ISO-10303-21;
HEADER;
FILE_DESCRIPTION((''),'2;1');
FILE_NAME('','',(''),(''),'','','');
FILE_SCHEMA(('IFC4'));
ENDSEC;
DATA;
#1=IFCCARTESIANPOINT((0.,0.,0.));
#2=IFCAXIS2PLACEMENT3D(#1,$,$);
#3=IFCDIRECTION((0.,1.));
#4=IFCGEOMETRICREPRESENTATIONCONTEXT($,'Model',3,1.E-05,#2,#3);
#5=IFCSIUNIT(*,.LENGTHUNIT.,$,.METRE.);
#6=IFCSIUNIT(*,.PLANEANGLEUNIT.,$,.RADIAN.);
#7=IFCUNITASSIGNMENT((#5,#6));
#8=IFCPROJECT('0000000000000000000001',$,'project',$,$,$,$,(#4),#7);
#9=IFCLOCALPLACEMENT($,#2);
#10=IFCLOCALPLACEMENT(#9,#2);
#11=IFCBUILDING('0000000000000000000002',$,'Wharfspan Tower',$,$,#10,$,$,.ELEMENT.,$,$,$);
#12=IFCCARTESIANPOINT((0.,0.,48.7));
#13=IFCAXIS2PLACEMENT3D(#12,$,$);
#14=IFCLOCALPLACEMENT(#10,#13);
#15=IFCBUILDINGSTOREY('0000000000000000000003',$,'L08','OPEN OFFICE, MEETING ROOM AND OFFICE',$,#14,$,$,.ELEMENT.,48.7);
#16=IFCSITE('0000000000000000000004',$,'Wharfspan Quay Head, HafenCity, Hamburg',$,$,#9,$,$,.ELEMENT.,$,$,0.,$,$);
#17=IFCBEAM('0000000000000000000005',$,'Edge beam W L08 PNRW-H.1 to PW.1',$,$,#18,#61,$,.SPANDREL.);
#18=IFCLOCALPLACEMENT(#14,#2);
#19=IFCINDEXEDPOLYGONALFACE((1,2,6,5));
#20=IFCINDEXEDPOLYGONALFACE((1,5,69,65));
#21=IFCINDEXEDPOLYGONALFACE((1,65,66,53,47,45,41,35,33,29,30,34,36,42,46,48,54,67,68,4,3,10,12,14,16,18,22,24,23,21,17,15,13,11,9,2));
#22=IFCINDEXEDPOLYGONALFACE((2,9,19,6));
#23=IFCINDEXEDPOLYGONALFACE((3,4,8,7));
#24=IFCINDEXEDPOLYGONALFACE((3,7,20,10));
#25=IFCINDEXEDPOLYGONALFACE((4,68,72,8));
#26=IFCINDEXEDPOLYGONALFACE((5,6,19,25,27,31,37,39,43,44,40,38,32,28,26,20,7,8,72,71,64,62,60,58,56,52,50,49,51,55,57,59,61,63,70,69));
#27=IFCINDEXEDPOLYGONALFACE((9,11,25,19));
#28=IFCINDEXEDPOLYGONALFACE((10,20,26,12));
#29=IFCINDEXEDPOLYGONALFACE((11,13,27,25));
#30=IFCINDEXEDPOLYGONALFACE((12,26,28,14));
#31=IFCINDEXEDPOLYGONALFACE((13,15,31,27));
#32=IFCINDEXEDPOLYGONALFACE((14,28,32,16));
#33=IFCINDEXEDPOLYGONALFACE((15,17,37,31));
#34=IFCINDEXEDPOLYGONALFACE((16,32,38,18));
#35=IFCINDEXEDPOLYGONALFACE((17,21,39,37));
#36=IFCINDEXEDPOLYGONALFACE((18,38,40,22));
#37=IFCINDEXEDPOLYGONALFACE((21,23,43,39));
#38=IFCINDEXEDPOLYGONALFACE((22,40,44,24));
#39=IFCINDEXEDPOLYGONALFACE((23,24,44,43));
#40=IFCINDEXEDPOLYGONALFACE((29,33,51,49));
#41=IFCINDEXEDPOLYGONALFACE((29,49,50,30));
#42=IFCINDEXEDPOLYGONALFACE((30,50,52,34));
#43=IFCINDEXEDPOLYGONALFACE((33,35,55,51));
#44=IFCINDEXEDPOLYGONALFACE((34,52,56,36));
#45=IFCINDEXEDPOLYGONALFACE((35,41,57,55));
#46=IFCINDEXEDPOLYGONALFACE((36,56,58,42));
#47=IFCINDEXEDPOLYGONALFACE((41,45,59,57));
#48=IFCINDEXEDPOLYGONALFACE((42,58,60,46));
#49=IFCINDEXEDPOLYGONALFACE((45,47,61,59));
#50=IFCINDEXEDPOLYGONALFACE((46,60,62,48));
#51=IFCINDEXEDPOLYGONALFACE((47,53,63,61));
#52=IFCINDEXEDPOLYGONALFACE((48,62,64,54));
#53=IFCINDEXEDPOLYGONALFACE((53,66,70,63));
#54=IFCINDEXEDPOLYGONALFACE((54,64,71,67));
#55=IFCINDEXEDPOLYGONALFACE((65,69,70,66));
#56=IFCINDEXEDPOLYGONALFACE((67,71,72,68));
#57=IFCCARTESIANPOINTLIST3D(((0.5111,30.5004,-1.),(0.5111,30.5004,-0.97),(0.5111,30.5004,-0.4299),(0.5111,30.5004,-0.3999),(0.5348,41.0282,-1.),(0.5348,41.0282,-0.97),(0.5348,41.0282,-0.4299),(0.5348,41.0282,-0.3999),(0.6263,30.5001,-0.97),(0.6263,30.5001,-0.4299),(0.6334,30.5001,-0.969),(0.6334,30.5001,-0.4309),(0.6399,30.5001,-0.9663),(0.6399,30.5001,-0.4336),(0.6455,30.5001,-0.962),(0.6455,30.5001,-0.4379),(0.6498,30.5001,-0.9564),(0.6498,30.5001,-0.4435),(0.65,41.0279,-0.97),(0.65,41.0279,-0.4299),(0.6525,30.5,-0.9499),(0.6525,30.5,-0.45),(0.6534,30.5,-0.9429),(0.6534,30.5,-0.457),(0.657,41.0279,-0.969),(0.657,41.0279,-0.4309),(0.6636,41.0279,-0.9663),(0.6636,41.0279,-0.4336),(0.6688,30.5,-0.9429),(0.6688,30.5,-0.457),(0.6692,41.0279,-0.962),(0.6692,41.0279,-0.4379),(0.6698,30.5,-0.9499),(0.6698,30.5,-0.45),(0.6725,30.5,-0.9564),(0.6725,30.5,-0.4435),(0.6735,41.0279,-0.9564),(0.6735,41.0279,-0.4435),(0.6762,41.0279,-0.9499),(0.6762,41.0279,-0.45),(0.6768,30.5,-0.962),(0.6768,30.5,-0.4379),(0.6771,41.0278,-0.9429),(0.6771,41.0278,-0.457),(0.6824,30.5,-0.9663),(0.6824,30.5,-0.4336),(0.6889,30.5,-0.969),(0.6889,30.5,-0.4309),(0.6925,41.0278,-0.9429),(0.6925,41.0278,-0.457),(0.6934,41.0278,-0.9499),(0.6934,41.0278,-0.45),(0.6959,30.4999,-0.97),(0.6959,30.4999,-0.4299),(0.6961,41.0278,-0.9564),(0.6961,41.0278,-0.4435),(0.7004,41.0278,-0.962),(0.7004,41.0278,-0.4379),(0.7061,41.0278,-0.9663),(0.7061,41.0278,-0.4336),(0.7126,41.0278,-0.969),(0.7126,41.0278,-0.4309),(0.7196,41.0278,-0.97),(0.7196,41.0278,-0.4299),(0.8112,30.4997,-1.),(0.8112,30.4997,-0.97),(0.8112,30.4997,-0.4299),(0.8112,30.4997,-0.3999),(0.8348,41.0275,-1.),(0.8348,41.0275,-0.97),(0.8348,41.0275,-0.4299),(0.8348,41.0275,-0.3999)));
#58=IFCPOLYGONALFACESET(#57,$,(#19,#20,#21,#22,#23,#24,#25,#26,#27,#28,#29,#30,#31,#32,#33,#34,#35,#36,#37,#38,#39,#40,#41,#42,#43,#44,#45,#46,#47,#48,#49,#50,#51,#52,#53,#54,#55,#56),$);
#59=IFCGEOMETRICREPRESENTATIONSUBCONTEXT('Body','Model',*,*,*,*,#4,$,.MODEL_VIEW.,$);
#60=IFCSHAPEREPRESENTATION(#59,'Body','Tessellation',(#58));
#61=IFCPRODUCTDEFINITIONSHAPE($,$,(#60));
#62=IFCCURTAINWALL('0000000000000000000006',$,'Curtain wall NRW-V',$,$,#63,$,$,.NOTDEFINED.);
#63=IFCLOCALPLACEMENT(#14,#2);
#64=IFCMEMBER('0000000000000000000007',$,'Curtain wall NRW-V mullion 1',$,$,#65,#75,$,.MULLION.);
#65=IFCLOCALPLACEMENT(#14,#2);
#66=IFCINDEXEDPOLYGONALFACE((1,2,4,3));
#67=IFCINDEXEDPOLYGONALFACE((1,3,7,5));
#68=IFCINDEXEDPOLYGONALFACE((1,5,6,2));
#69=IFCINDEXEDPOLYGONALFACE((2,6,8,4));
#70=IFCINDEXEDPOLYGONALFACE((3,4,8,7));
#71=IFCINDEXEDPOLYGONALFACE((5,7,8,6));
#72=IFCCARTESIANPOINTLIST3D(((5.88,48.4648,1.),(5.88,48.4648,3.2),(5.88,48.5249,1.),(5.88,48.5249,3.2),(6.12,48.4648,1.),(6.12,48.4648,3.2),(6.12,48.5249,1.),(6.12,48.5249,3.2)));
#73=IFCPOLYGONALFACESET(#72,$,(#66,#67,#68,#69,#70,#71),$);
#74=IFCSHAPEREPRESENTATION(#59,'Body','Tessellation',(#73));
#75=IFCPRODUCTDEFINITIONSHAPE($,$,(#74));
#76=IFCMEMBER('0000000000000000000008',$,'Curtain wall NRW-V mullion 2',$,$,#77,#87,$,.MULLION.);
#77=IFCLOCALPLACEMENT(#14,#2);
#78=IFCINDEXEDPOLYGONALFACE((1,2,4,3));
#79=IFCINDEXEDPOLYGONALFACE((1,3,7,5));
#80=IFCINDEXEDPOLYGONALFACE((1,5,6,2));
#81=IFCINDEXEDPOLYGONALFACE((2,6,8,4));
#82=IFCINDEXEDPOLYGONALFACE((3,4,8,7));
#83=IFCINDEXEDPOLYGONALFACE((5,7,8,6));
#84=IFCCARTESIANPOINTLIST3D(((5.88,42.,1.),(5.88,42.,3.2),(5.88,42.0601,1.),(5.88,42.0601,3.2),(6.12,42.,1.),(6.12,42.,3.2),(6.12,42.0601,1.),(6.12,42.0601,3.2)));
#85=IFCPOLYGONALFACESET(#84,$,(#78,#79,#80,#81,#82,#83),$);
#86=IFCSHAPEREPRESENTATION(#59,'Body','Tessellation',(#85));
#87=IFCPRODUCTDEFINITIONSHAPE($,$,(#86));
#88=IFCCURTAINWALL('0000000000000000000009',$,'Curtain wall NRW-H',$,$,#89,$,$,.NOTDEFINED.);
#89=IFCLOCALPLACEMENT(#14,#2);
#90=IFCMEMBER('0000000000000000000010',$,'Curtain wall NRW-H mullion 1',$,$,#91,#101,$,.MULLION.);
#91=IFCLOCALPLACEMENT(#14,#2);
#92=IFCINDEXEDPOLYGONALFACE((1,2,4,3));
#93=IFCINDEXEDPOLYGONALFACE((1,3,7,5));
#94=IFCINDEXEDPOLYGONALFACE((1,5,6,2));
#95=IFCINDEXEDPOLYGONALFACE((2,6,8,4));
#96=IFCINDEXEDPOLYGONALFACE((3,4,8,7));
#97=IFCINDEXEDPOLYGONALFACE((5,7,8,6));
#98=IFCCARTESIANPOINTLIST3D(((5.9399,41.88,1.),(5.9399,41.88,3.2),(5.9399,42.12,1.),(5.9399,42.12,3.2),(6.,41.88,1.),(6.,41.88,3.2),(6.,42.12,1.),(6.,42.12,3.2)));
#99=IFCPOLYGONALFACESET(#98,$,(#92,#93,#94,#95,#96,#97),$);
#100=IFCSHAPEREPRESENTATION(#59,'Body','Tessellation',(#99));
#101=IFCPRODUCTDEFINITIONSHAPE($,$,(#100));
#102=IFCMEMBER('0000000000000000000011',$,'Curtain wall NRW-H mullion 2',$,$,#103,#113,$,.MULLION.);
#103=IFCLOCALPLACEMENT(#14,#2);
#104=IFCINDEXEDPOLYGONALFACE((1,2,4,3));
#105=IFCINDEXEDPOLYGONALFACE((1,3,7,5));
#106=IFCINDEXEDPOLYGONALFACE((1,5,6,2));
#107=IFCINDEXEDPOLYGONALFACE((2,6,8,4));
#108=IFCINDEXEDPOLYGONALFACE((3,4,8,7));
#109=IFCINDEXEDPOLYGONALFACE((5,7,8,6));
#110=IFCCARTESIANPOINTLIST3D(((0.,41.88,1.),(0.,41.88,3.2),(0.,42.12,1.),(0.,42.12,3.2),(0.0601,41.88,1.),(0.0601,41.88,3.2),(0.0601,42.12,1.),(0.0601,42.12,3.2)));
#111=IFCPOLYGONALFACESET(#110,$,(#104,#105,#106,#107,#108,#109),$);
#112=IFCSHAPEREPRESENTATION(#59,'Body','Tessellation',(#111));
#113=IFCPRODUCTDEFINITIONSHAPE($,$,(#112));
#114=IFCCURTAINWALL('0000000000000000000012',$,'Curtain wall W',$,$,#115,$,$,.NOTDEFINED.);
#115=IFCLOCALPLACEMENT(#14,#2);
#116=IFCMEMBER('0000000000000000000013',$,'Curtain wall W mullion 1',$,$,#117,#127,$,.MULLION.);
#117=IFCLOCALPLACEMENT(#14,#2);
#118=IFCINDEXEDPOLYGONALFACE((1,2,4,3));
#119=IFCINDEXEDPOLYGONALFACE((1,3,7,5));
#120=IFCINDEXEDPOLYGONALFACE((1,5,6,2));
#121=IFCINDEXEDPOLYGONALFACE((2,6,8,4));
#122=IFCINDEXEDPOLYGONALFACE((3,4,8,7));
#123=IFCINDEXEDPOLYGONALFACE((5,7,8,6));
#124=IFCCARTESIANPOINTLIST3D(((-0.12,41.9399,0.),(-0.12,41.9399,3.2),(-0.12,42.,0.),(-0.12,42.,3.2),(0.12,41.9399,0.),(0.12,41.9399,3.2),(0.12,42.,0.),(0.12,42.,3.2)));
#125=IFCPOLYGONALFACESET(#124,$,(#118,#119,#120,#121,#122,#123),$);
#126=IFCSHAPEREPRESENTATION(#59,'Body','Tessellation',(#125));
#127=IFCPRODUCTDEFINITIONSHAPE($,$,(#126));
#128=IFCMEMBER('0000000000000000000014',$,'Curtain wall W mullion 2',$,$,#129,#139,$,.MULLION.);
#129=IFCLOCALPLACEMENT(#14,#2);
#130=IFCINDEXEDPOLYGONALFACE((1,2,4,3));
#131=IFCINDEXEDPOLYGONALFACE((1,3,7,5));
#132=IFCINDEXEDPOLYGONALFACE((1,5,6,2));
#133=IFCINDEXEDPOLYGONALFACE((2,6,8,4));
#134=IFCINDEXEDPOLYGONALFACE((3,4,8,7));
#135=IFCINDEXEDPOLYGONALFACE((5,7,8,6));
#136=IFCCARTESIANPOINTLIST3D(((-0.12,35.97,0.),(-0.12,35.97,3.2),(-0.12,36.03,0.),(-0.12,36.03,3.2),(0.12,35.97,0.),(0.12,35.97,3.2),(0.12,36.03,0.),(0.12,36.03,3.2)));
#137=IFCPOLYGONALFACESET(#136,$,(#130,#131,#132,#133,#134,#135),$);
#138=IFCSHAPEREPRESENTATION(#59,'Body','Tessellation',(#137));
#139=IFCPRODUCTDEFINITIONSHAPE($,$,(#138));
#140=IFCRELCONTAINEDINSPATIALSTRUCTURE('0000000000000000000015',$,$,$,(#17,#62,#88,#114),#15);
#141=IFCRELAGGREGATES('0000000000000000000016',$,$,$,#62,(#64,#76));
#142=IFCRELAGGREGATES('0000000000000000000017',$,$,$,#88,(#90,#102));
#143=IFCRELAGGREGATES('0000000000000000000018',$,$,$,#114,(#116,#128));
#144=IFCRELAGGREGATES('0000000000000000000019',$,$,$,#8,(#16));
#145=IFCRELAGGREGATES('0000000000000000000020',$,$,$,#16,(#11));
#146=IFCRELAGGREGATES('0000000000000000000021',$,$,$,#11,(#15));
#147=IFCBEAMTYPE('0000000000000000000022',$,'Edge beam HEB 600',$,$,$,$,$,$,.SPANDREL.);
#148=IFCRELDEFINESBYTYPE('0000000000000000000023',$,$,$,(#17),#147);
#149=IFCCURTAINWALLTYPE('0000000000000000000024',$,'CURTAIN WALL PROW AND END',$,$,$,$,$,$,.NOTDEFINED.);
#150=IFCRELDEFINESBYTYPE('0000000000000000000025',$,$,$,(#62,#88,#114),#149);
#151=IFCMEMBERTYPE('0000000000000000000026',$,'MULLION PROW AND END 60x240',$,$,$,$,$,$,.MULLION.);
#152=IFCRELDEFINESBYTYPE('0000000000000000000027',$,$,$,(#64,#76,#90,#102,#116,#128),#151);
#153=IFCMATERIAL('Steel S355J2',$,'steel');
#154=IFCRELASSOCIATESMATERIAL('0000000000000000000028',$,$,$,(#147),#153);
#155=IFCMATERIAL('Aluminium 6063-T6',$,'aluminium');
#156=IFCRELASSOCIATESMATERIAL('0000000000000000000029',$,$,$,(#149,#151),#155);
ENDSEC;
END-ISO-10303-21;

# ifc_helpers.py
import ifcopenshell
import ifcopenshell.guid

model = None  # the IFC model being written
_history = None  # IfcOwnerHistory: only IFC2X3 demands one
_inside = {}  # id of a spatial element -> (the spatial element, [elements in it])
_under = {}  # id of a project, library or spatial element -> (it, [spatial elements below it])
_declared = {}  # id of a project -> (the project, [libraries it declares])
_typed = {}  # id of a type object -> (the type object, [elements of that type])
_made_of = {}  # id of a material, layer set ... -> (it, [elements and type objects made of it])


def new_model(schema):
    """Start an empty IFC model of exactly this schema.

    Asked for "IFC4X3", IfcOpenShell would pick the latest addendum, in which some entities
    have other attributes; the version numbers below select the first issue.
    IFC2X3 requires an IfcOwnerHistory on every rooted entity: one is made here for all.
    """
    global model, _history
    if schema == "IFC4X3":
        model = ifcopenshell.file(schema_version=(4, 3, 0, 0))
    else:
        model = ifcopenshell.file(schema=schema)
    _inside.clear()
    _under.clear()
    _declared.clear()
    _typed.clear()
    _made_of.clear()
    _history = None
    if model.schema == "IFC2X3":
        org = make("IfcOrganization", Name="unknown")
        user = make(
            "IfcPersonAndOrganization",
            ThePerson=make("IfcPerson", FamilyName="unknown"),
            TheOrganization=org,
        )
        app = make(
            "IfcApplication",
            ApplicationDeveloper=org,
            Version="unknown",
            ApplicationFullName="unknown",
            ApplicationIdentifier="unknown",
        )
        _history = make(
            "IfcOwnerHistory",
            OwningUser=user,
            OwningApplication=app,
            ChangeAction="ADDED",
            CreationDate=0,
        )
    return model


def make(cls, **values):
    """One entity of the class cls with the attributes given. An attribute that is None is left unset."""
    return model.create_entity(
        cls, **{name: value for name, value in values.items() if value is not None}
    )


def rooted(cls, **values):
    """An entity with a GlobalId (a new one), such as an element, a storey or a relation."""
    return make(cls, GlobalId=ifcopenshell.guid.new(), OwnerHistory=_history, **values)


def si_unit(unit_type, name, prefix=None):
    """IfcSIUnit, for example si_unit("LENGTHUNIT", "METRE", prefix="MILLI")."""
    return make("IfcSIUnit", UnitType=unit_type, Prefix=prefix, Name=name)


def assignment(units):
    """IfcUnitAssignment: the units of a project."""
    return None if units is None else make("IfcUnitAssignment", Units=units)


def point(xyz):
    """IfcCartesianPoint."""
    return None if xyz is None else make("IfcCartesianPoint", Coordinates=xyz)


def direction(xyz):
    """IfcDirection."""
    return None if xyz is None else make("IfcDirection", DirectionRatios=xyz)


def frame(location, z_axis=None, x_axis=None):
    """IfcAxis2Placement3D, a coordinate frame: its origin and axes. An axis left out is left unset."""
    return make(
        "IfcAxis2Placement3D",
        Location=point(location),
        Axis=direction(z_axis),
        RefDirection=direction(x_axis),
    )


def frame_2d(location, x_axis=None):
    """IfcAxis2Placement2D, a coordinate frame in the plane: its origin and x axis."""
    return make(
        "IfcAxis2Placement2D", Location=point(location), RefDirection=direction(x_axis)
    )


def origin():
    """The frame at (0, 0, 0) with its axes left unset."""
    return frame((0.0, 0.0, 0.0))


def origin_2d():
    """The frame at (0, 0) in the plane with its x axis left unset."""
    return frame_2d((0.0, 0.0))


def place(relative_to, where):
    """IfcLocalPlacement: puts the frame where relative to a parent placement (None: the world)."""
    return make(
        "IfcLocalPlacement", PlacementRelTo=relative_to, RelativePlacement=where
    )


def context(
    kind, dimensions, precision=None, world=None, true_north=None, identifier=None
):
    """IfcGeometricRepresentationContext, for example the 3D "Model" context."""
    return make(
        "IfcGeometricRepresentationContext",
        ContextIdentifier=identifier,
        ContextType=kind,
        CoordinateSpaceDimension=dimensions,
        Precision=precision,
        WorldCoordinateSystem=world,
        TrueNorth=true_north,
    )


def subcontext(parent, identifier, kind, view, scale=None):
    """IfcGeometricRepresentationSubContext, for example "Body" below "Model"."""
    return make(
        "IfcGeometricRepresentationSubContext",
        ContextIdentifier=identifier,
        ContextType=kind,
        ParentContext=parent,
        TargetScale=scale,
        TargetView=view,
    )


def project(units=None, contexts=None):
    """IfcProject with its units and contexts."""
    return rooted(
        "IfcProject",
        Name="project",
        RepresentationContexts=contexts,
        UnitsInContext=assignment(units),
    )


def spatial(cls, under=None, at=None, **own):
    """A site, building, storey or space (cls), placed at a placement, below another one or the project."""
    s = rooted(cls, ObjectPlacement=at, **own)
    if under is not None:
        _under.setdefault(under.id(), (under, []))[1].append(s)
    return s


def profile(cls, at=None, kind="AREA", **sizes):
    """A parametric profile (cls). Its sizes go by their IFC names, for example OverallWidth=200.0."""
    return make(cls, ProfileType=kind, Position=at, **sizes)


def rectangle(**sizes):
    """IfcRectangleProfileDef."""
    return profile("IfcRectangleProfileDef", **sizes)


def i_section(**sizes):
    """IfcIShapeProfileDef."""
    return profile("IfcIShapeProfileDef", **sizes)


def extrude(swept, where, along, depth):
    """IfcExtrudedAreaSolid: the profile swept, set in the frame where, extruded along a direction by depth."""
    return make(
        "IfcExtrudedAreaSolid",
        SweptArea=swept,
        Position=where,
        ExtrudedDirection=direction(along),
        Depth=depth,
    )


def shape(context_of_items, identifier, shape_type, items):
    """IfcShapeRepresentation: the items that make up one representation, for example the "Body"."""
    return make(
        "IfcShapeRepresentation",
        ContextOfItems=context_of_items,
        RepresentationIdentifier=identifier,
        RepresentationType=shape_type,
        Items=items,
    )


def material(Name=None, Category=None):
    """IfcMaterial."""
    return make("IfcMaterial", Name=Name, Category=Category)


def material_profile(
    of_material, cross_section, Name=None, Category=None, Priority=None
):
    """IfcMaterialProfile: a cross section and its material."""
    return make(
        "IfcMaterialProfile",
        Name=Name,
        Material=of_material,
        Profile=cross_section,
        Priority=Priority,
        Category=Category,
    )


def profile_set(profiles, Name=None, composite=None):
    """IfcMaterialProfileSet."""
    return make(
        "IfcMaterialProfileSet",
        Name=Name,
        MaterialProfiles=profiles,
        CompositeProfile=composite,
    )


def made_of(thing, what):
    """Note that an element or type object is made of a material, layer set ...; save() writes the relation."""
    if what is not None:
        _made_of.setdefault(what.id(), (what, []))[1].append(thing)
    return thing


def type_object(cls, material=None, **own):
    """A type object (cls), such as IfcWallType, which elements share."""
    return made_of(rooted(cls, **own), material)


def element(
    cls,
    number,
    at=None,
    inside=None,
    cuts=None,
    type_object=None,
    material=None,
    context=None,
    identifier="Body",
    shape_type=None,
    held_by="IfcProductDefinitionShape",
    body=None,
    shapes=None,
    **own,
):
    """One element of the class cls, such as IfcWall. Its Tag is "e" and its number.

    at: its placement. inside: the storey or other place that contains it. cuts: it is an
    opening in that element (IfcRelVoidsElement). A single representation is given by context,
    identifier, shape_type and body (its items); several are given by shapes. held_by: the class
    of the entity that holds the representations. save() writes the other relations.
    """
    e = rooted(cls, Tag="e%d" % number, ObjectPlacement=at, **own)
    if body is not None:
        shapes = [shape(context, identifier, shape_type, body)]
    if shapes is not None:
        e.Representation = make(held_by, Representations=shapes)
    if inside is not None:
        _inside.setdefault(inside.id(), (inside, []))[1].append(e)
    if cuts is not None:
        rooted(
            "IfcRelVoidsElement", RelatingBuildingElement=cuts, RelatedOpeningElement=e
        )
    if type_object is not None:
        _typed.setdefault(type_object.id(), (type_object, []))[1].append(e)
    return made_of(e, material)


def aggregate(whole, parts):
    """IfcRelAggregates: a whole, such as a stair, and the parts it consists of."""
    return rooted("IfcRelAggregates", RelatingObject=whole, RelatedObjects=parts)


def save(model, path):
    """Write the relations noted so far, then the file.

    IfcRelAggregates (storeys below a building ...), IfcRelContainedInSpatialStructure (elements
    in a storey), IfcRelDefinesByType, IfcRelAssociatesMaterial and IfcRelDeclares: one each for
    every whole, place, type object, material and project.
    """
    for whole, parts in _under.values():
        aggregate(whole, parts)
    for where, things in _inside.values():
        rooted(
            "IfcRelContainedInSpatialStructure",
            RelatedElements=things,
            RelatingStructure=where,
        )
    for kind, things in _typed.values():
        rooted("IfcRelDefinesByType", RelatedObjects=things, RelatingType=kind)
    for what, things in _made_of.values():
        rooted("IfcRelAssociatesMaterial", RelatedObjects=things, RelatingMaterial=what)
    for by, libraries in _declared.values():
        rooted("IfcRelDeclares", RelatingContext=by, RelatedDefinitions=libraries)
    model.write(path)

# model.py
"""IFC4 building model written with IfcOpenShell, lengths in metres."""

from ifc_helpers import new_model, si_unit, direction, frame, origin, origin_2d, place, context, subcontext, project, spatial, rectangle, i_section, extrude, material, material_profile, profile_set, type_object, element, aggregate, save


model = new_model("IFC4")

# Units and contexts
model_context = context("Model", 3, precision=1e-05, world=origin(), true_north=direction((0.0, 1.0)))
body_context = subcontext(model_context, "Body", "Model", "MODEL_VIEW")
ifc_project = project(units=[si_unit("LENGTHUNIT", "METRE"), si_unit("PLANEANGLEUNIT", "RADIAN")], contexts=[model_context])

# Site, building, storey
site_placement = place(None, origin())
site = spatial("IfcSite", under=ifc_project, at=site_placement, Name="Wharfspan Quay Head, HafenCity, Hamburg", CompositionType="ELEMENT", RefElevation=0.0)
building_placement = place(site_placement, origin())
building = spatial("IfcBuilding", under=site, at=building_placement, Name="Wharfspan Tower", CompositionType="ELEMENT")
storey_placement = place(building_placement, frame((0.0, 0.0, 48.7)))
storey = spatial("IfcBuildingStorey", under=building, at=storey_placement, Name="L08", Description="OPEN OFFICE, MEETING ROOM AND OFFICE", CompositionType="ELEMENT", Elevation=48.7)

# Shared definitions
ifc_material_1 = material(Name="Steel S355J2", Category="steel")

# Beam
ifc_material_profile_1 = material_profile(ifc_material_1, i_section(OverallWidth=0.3, OverallDepth=0.6001, WebThickness=0.0154, FlangeThickness=0.03, FilletRadius=0.0271, at=origin_2d()))
ifc_profile_set_1 = profile_set([ifc_material_profile_1], Name="Steel S355J2")
beam_type = type_object("IfcBeamType", Name="Edge beam HEB 600", PredefinedType="SPANDREL", material=ifc_profile_set_1)
beam_placement = place(storey_placement, frame((0.6848, 41.0278, -0.7), z_axis=(-0.002249, -0.999997, 0.0), x_axis=(0.999997, -0.002249, 0.0)))
element("IfcBeam", 1, at=beam_placement, inside=storey, type_object=beam_type, Name="Edge beam W L08 PNRW-H.1 to PW.1", PredefinedType="SPANDREL", context=body_context, shape_type="SweptSolid", body=[
    extrude(i_section(OverallWidth=0.3, OverallDepth=0.6001, WebThickness=0.0154, FlangeThickness=0.03, FilletRadius=0.0271, at=origin_2d()), origin(), (0.0, 0.0, 1.0), 10.5278),
])

# Curtain walls, members
ifc_material_2 = material(Name="Aluminium 6063-T6", Category="aluminium")
curtain_wall_type = type_object("IfcCurtainWallType", Name="CURTAIN WALL PROW AND END", PredefinedType="NOTDEFINED", material=ifc_material_2)
curtain_wall_1_placement = place(storey_placement, origin())
curtain_wall_1 = element("IfcCurtainWall", 2, at=curtain_wall_1_placement, inside=storey, type_object=curtain_wall_type, Name="Curtain wall NRW-V", PredefinedType="NOTDEFINED")
ifc_material_profile_2 = material_profile(ifc_material_2, rectangle(XDim=0.24, YDim=0.0601, at=origin_2d()))
ifc_profile_set_2 = profile_set([ifc_material_profile_2], Name="Aluminium 6063-T6")
member_type_1 = type_object("IfcMemberType", Name="MULLION PROW AND END 60x240", PredefinedType="MULLION", material=ifc_profile_set_2)
member_1_placement = place(storey_placement, frame((6.0, 48.4949, 1.0), z_axis=(0.0, 0.0, 1.0), x_axis=(1.0, 0.0, 0.0)))
member_1 = element("IfcMember", 3, at=member_1_placement, type_object=member_type_1, Name="Curtain wall NRW-V mullion 1", PredefinedType="MULLION", context=body_context, shape_type="SweptSolid", body=[
    extrude(rectangle(XDim=0.24, YDim=0.0601, at=origin_2d()), origin(), (0.0, 0.0, 1.0), 2.2),
])
member_2_placement = place(storey_placement, frame((6.0, 42.03, 1.0), z_axis=(0.0, 0.0, 1.0), x_axis=(1.0, 0.0, 0.0)))
member_2 = element("IfcMember", 4, at=member_2_placement, type_object=member_type_1, Name="Curtain wall NRW-V mullion 2", PredefinedType="MULLION", context=body_context, shape_type="SweptSolid", body=[
    extrude(rectangle(XDim=0.24, YDim=0.0601, at=origin_2d()), origin(), (0.0, 0.0, 1.0), 2.2),
])
curtain_wall_2_placement = place(storey_placement, origin())
curtain_wall_2 = element("IfcCurtainWall", 5, at=curtain_wall_2_placement, inside=storey, type_object=curtain_wall_type, Name="Curtain wall NRW-H", PredefinedType="NOTDEFINED")
member_3_placement = place(storey_placement, frame((5.97, 42.0, 1.0), z_axis=(0.0, 0.0, 1.0), x_axis=(0.0, -1.0, 0.0)))
member_3 = element("IfcMember", 6, at=member_3_placement, type_object=member_type_1, Name="Curtain wall NRW-H mullion 1", PredefinedType="MULLION", context=body_context, shape_type="SweptSolid", body=[
    extrude(rectangle(XDim=0.24, YDim=0.0601, at=origin_2d()), origin(), (0.0, 0.0, 1.0), 2.2),
])
member_4_placement = place(storey_placement, frame((0.03, 42.0, 1.0), z_axis=(0.0, 0.0, 1.0), x_axis=(0.0, -1.0, 0.0)))
member_4 = element("IfcMember", 7, at=member_4_placement, type_object=member_type_1, Name="Curtain wall NRW-H mullion 2", PredefinedType="MULLION", context=body_context, shape_type="SweptSolid", body=[
    extrude(rectangle(XDim=0.24, YDim=0.0601, at=origin_2d()), origin(), (0.0, 0.0, 1.0), 2.2),
])
curtain_wall_3_placement = place(storey_placement, origin())
curtain_wall_3 = element("IfcCurtainWall", 8, at=curtain_wall_3_placement, inside=storey, type_object=curtain_wall_type, Name="Curtain wall W", PredefinedType="NOTDEFINED")
member_5_placement = place(storey_placement, frame((0.0, 41.97, 0.0), z_axis=(0.0, 0.0, 1.0), x_axis=(1.0, 0.0, 0.0)))
member_5 = element("IfcMember", 9, at=member_5_placement, type_object=member_type_1, Name="Curtain wall W mullion 1", PredefinedType="MULLION", context=body_context, shape_type="SweptSolid", body=[
    extrude(rectangle(XDim=0.24, YDim=0.0601, at=origin_2d()), origin(), (0.0, 0.0, 1.0), 3.2),
])
member_6_placement = place(storey_placement, frame((0.0, 36.0, 0.0), z_axis=(0.0, 0.0, 1.0), x_axis=(1.0, 0.0, 0.0)))
member_6 = element("IfcMember", 10, at=member_6_placement, type_object=member_type_1, Name="Curtain wall W mullion 2", PredefinedType="MULLION", context=body_context, shape_type="SweptSolid", body=[
    extrude(rectangle(XDim=0.24, YDim=0.0601, at=origin_2d()), origin(), (0.0, 0.0, 1.0), 3.2),
])

aggregate(curtain_wall_1, [member_1, member_2])
aggregate(curtain_wall_2, [member_3, member_4])
aggregate(curtain_wall_3, [member_5, member_6])

save(model, "model.ifc")
